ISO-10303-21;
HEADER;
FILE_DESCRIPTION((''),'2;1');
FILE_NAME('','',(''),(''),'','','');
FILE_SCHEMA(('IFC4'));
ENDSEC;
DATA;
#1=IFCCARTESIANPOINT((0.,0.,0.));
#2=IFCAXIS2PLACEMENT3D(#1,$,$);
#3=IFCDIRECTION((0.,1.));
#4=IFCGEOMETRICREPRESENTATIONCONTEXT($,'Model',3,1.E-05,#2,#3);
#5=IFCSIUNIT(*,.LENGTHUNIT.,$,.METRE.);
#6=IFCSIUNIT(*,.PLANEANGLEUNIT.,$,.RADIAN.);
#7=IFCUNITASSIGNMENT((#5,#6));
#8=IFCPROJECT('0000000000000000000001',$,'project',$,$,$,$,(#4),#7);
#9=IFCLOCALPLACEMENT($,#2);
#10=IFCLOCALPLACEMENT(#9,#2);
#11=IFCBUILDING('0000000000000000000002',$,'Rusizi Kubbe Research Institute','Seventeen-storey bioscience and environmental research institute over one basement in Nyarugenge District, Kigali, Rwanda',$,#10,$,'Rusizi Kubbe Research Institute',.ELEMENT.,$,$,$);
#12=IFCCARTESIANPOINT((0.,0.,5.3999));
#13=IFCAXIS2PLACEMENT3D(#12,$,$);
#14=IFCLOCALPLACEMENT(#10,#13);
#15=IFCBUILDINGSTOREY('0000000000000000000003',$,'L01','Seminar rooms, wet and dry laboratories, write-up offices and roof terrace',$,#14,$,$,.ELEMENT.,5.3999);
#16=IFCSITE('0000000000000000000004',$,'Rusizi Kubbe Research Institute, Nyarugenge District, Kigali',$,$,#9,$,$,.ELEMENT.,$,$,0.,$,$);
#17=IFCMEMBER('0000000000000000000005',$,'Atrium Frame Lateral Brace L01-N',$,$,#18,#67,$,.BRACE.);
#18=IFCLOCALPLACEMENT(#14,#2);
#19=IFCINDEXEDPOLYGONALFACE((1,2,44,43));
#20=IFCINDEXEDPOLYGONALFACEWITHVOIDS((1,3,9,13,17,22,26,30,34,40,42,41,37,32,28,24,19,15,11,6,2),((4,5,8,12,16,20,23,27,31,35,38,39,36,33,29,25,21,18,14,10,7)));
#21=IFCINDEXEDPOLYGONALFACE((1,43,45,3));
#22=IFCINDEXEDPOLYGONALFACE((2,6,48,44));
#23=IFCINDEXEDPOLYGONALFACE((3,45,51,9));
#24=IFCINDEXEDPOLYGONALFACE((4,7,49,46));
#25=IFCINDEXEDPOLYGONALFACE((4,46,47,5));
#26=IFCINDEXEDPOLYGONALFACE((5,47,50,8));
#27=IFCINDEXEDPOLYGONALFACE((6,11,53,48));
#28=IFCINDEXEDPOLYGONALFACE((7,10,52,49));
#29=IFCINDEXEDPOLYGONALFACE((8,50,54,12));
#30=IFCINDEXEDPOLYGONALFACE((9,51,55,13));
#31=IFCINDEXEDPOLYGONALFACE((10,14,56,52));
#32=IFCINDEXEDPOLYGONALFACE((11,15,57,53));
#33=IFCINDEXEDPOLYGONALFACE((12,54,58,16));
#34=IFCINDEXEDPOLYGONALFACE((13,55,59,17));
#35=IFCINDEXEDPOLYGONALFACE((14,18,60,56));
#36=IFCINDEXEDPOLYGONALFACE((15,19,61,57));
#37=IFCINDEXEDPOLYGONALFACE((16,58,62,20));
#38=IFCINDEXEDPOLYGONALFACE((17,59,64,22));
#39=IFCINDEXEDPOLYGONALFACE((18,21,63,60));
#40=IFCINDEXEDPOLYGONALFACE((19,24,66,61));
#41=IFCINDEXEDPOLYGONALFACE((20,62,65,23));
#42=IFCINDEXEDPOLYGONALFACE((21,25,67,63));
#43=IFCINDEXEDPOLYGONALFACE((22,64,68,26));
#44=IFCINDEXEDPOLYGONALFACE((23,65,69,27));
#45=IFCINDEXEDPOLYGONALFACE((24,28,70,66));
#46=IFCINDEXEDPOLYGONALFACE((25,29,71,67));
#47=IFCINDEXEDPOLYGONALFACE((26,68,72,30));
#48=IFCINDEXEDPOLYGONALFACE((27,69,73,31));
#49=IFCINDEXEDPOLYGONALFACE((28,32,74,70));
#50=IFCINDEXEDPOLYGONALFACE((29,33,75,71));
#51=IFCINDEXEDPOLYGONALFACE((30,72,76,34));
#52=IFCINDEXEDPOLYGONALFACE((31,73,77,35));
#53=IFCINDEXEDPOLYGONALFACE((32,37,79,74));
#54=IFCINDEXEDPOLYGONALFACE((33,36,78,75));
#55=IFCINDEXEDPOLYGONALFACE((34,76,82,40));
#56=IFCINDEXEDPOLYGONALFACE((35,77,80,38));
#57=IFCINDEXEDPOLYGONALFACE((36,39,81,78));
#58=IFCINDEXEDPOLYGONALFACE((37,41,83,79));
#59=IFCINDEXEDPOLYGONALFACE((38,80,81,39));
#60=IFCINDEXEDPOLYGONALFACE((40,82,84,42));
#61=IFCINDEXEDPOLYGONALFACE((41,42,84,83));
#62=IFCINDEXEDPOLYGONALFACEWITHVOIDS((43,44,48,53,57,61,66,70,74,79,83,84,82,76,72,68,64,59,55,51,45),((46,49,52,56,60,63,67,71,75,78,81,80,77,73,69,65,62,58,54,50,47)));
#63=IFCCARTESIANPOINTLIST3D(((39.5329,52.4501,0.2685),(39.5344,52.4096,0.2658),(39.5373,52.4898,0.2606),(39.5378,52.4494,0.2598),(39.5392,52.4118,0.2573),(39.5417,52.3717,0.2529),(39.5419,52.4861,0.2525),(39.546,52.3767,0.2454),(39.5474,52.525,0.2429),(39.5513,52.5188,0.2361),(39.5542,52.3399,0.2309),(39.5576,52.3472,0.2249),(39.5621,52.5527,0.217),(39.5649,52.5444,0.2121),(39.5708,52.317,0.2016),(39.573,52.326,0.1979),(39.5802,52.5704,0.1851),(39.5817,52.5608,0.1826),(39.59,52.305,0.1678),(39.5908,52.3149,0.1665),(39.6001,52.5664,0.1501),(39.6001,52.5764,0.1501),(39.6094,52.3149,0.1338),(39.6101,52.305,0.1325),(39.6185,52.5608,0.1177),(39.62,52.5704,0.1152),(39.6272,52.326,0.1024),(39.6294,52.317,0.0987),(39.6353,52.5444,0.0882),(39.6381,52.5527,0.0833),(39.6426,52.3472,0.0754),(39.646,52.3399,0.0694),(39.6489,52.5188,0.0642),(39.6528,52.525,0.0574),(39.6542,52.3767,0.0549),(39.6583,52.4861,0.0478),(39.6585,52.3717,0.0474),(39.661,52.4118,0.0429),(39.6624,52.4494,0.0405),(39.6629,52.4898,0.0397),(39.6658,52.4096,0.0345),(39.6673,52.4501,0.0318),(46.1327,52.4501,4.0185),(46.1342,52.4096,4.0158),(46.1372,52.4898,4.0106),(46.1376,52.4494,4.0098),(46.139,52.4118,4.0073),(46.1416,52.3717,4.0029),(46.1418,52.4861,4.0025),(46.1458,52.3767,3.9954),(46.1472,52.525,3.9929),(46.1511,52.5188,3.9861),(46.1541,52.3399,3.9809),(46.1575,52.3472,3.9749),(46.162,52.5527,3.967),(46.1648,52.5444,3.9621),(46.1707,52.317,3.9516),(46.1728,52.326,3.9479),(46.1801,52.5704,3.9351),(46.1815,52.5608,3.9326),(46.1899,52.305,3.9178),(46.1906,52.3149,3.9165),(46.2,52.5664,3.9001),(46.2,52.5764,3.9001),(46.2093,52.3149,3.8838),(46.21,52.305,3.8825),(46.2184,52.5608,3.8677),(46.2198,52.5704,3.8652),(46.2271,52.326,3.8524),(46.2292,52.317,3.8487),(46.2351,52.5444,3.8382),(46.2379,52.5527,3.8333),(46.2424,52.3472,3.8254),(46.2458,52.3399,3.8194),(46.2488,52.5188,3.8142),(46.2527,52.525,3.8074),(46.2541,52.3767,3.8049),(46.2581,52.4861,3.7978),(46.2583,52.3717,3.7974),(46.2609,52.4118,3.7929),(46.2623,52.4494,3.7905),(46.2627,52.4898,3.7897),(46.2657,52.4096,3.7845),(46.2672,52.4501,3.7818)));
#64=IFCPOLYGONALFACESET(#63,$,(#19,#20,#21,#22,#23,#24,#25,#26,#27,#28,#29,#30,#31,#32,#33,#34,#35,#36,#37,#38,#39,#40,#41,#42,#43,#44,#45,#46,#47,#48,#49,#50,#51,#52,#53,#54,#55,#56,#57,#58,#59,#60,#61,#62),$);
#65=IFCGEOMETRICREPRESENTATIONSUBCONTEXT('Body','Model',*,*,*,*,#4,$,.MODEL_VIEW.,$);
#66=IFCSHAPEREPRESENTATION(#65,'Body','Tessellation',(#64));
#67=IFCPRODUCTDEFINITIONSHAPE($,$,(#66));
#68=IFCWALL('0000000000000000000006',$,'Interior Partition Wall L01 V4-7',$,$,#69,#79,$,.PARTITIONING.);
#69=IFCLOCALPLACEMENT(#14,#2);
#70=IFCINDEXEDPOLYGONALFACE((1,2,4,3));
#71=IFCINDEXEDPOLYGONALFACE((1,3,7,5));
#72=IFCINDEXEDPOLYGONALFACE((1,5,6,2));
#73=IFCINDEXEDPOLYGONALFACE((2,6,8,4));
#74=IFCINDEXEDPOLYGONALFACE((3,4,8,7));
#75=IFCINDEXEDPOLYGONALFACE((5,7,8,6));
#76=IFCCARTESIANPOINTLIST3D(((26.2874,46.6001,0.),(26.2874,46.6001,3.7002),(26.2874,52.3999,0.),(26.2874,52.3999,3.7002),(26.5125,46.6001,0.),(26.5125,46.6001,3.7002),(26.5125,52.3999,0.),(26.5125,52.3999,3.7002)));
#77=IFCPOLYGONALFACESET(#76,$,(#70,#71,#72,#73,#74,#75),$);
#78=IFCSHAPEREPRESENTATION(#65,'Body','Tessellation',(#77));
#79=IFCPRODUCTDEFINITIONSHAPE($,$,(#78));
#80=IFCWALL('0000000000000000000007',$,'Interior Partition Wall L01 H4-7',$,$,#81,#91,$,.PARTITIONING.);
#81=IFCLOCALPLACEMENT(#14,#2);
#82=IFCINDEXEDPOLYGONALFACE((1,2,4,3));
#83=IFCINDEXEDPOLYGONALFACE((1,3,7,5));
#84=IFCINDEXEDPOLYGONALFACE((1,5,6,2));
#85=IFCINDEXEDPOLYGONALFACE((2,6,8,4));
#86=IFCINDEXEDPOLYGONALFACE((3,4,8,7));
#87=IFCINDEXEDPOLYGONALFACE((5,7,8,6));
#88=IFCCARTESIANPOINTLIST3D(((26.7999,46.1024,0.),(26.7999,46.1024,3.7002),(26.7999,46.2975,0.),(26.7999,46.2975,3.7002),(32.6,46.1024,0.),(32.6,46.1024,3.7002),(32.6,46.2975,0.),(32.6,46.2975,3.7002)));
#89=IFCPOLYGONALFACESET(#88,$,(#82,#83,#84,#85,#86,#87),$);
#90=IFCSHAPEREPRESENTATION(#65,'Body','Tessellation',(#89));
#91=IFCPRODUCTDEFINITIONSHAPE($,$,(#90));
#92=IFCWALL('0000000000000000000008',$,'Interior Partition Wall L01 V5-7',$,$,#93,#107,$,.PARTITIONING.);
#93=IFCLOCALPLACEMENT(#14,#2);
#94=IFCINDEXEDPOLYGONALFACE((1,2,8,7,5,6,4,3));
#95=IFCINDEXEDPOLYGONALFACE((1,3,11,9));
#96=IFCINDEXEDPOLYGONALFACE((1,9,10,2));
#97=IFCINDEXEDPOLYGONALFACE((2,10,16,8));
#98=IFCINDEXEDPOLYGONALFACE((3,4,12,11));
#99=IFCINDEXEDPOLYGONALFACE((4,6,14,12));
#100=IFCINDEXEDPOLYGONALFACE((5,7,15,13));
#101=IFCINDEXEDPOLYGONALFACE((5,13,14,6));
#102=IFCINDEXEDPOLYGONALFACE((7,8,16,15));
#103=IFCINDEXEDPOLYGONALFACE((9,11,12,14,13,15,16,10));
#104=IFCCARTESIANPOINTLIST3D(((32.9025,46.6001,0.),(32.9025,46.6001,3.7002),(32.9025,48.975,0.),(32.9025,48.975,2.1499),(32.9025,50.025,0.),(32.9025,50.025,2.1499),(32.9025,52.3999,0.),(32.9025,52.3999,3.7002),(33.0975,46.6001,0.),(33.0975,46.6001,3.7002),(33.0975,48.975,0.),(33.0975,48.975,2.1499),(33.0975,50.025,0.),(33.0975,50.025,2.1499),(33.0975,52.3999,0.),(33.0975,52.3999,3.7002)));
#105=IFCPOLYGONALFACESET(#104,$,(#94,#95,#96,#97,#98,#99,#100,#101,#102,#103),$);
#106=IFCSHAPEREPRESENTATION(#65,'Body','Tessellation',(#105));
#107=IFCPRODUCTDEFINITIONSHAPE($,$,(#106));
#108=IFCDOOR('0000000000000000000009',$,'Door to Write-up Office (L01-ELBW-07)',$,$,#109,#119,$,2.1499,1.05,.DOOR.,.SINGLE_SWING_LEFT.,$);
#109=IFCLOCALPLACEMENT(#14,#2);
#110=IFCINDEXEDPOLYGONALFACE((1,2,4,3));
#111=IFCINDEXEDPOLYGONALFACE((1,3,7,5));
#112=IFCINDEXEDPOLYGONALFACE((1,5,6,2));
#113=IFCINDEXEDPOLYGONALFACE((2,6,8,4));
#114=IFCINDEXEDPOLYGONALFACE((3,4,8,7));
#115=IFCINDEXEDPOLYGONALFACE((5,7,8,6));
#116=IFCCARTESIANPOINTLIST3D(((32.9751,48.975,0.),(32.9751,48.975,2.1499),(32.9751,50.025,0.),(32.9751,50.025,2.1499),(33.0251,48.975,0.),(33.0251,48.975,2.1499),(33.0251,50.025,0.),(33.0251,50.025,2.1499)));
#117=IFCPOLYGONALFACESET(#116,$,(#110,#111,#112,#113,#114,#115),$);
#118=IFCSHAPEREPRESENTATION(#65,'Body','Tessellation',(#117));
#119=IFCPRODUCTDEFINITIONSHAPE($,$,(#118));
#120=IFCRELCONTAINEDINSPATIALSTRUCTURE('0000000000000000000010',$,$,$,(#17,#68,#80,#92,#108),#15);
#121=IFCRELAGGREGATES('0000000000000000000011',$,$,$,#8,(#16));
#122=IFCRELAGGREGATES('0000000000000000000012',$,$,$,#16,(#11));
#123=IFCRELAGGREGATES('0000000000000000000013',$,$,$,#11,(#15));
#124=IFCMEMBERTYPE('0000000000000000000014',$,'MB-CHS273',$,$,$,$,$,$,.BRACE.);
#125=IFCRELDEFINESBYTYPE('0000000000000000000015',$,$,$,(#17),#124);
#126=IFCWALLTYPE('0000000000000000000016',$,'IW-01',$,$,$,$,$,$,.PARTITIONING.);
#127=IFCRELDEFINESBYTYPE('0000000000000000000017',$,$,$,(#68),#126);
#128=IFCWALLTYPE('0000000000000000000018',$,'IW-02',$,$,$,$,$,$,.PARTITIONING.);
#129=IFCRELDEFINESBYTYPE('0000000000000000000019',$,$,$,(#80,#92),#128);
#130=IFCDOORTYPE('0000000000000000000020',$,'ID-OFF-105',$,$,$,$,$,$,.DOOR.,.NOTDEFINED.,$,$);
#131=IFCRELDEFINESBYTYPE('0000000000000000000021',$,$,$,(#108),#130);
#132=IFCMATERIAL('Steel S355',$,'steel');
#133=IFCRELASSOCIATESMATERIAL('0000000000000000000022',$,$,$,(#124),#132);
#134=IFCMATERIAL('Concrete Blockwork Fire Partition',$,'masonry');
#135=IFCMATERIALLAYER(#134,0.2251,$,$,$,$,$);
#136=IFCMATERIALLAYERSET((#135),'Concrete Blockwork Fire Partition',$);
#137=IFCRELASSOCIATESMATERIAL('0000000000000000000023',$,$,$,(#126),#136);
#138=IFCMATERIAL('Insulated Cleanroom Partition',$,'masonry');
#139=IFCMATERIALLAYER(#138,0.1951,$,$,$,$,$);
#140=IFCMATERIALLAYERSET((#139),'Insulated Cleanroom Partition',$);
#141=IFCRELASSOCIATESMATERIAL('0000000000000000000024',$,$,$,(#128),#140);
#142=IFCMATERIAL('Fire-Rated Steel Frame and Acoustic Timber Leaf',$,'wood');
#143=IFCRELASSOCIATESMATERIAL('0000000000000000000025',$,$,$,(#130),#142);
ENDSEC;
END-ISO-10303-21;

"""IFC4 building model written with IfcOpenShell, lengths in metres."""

from ifc_helpers import new_model, si_unit, direction, frame, frame_2d, origin, origin_2d, place, context, subcontext, project, spatial, rectangle, hollow_circle, extrude, material, layer, layer_set, material_profile, profile_set, type_object, element, fill, save


model = new_model("IFC4")

# Units and contexts
model_context = context("Model", 3, precision=1e-05, world=origin(), true_north=direction((0.0, 1.0)))
body_context = subcontext(model_context, "Body", "Model", "MODEL_VIEW")
ifc_project = project(units=[si_unit("LENGTHUNIT", "METRE"), si_unit("PLANEANGLEUNIT", "RADIAN")], contexts=[model_context])

# Site, building, storey
site_placement = place(None, origin())
site = spatial("IfcSite", under=ifc_project, at=site_placement, Name="Rusizi Kubbe Research Institute, Nyarugenge District, Kigali", CompositionType="ELEMENT", RefElevation=0.0)
building_placement = place(site_placement, origin())
building = spatial("IfcBuilding", under=site, at=building_placement, Name="Rusizi Kubbe Research Institute", Description="Seventeen-storey bioscience and environmental research institute over one basement in Nyarugenge District, Kigali, Rwanda", LongName="Rusizi Kubbe Research Institute", CompositionType="ELEMENT")
storey_placement = place(building_placement, frame((0.0, 0.0, 5.3999)))
storey = spatial("IfcBuildingStorey", under=building, at=storey_placement, Name="L01", Description="Seminar rooms, wet and dry laboratories, write-up offices and roof terrace", CompositionType="ELEMENT", Elevation=5.3999)

# Member
ifc_material_1 = material(Name="Steel S355", Category="steel")
ifc_material_profile_1 = material_profile(ifc_material_1, hollow_circle(Radius=0.1365, WallThickness=0.01, at=origin_2d()), Name="CHS 273.0x10.0")
ifc_profile_set_1 = profile_set([ifc_material_profile_1], Name="Steel S355")
member_type = type_object("IfcMemberType", Name="MB-CHS273", PredefinedType="BRACE", material=ifc_profile_set_1)
member_placement = place(storey_placement, frame((39.6001, 52.4399, 0.1501), z_axis=(0.869452, 0.0, 0.494018), x_axis=(0.0, 1.0, 0.0)))
element("IfcMember", 1, at=member_placement, inside=storey, type_object=member_type, Name="Atrium Frame Lateral Brace L01-N", PredefinedType="BRACE", context=body_context, shape_type="SweptSolid", body=[
    extrude(hollow_circle(Radius=0.1365, WallThickness=0.01, at=origin_2d()), origin(), (0.0, 0.0, 1.0), 7.5908),
])

# Walls
ifc_material_2 = material(Name="Concrete Blockwork Fire Partition", Category="masonry")
ifc_layer_1 = layer(ifc_material_2, 0.2251)
ifc_layer_set_1 = layer_set([ifc_layer_1], Name="Concrete Blockwork Fire Partition")
wall_type_1 = type_object("IfcWallType", Name="IW-01", PredefinedType="PARTITIONING", material=ifc_layer_set_1)
wall_1_placement = place(storey_placement, frame((26.3999, 46.6001, 0.0), z_axis=(0.0, 0.0, 1.0), x_axis=(0.0, 1.0, 0.0)))
element("IfcWall", 2, at=wall_1_placement, inside=storey, type_object=wall_type_1, Name="Interior Partition Wall L01 V4-7", PredefinedType="PARTITIONING", context=body_context, shape_type="SweptSolid", body=[
    extrude(rectangle(XDim=5.7998, YDim=0.2251, at=frame_2d((2.8999, 0.0))), origin(), (0.0, 0.0, 1.0), 3.7002),
])
ifc_material_3 = material(Name="Insulated Cleanroom Partition", Category="masonry")
ifc_layer_2 = layer(ifc_material_3, 0.1951)
ifc_layer_set_2 = layer_set([ifc_layer_2], Name="Insulated Cleanroom Partition")
wall_type_2 = type_object("IfcWallType", Name="IW-02", PredefinedType="PARTITIONING", material=ifc_layer_set_2)
wall_2_placement = place(storey_placement, frame((26.8, 46.2, 0.0), z_axis=(0.0, 0.0, 1.0), x_axis=(1.0, 0.0, 0.0)))
element("IfcWall", 3, at=wall_2_placement, inside=storey, type_object=wall_type_2, Name="Interior Partition Wall L01 H4-7", PredefinedType="PARTITIONING", context=body_context, shape_type="SweptSolid", body=[
    extrude(rectangle(XDim=5.8, YDim=0.1951, at=frame_2d((2.8999, 0.0))), origin(), (0.0, 0.0, 1.0), 3.7002),
])

# Wall, opening, door
wall_3_placement = place(storey_placement, frame((33.0, 46.6001, 0.0), z_axis=(0.0, 0.0, 1.0), x_axis=(0.0, 1.0, 0.0)))
wall_3 = element("IfcWall", 4, at=wall_3_placement, inside=storey, type_object=wall_type_2, Name="Interior Partition Wall L01 V5-7", PredefinedType="PARTITIONING", context=body_context, shape_type="SweptSolid", body=[
    extrude(rectangle(XDim=5.7998, YDim=0.1951, at=frame_2d((2.8999, 0.0))), origin(), (0.0, 0.0, 1.0), 3.7002),
])
opening_placement = place(wall_3_placement, frame((2.375, 0.0, 0.0)))
opening = element("IfcOpeningElement", 5, at=opening_placement, cuts=wall_3, PredefinedType="OPENING", context=body_context, shape_type="SweptSolid", body=[
    extrude(rectangle(XDim=1.05, YDim=2.1499, at=frame_2d((0.5249, 1.075))), frame((0.0, 0.1074, 0.0), z_axis=(0.0, -1.0, 0.0), x_axis=(1.0, 0.0, 0.0)), (0.0, 0.0, 1.0), 0.2151),
])
ifc_material_4 = material(Name="Fire-Rated Steel Frame and Acoustic Timber Leaf", Category="wood")
door_type = type_object("IfcDoorType", Name="ID-OFF-105", OperationType="NOTDEFINED", PredefinedType="DOOR", material=ifc_material_4)
door_placement = place(opening_placement, origin())
door = element("IfcDoor", 6, at=door_placement, inside=storey, type_object=door_type, Name="Door to Write-up Office (L01-ELBW-07)", OperationType="SINGLE_SWING_LEFT", OverallHeight=2.1499, OverallWidth=1.05, PredefinedType="DOOR", context=body_context, shape_type="SweptSolid", body=[
    extrude(rectangle(XDim=1.05, YDim=2.1499, at=frame_2d((0.5249, 1.075))), frame((0.0, 0.0249, 0.0), z_axis=(0.0, -1.0, 0.0), x_axis=(1.0, 0.0, 0.0)), (0.0, 0.0, 1.0), 0.05),
])
fill(opening, door)

save(model, "model.ifc")
